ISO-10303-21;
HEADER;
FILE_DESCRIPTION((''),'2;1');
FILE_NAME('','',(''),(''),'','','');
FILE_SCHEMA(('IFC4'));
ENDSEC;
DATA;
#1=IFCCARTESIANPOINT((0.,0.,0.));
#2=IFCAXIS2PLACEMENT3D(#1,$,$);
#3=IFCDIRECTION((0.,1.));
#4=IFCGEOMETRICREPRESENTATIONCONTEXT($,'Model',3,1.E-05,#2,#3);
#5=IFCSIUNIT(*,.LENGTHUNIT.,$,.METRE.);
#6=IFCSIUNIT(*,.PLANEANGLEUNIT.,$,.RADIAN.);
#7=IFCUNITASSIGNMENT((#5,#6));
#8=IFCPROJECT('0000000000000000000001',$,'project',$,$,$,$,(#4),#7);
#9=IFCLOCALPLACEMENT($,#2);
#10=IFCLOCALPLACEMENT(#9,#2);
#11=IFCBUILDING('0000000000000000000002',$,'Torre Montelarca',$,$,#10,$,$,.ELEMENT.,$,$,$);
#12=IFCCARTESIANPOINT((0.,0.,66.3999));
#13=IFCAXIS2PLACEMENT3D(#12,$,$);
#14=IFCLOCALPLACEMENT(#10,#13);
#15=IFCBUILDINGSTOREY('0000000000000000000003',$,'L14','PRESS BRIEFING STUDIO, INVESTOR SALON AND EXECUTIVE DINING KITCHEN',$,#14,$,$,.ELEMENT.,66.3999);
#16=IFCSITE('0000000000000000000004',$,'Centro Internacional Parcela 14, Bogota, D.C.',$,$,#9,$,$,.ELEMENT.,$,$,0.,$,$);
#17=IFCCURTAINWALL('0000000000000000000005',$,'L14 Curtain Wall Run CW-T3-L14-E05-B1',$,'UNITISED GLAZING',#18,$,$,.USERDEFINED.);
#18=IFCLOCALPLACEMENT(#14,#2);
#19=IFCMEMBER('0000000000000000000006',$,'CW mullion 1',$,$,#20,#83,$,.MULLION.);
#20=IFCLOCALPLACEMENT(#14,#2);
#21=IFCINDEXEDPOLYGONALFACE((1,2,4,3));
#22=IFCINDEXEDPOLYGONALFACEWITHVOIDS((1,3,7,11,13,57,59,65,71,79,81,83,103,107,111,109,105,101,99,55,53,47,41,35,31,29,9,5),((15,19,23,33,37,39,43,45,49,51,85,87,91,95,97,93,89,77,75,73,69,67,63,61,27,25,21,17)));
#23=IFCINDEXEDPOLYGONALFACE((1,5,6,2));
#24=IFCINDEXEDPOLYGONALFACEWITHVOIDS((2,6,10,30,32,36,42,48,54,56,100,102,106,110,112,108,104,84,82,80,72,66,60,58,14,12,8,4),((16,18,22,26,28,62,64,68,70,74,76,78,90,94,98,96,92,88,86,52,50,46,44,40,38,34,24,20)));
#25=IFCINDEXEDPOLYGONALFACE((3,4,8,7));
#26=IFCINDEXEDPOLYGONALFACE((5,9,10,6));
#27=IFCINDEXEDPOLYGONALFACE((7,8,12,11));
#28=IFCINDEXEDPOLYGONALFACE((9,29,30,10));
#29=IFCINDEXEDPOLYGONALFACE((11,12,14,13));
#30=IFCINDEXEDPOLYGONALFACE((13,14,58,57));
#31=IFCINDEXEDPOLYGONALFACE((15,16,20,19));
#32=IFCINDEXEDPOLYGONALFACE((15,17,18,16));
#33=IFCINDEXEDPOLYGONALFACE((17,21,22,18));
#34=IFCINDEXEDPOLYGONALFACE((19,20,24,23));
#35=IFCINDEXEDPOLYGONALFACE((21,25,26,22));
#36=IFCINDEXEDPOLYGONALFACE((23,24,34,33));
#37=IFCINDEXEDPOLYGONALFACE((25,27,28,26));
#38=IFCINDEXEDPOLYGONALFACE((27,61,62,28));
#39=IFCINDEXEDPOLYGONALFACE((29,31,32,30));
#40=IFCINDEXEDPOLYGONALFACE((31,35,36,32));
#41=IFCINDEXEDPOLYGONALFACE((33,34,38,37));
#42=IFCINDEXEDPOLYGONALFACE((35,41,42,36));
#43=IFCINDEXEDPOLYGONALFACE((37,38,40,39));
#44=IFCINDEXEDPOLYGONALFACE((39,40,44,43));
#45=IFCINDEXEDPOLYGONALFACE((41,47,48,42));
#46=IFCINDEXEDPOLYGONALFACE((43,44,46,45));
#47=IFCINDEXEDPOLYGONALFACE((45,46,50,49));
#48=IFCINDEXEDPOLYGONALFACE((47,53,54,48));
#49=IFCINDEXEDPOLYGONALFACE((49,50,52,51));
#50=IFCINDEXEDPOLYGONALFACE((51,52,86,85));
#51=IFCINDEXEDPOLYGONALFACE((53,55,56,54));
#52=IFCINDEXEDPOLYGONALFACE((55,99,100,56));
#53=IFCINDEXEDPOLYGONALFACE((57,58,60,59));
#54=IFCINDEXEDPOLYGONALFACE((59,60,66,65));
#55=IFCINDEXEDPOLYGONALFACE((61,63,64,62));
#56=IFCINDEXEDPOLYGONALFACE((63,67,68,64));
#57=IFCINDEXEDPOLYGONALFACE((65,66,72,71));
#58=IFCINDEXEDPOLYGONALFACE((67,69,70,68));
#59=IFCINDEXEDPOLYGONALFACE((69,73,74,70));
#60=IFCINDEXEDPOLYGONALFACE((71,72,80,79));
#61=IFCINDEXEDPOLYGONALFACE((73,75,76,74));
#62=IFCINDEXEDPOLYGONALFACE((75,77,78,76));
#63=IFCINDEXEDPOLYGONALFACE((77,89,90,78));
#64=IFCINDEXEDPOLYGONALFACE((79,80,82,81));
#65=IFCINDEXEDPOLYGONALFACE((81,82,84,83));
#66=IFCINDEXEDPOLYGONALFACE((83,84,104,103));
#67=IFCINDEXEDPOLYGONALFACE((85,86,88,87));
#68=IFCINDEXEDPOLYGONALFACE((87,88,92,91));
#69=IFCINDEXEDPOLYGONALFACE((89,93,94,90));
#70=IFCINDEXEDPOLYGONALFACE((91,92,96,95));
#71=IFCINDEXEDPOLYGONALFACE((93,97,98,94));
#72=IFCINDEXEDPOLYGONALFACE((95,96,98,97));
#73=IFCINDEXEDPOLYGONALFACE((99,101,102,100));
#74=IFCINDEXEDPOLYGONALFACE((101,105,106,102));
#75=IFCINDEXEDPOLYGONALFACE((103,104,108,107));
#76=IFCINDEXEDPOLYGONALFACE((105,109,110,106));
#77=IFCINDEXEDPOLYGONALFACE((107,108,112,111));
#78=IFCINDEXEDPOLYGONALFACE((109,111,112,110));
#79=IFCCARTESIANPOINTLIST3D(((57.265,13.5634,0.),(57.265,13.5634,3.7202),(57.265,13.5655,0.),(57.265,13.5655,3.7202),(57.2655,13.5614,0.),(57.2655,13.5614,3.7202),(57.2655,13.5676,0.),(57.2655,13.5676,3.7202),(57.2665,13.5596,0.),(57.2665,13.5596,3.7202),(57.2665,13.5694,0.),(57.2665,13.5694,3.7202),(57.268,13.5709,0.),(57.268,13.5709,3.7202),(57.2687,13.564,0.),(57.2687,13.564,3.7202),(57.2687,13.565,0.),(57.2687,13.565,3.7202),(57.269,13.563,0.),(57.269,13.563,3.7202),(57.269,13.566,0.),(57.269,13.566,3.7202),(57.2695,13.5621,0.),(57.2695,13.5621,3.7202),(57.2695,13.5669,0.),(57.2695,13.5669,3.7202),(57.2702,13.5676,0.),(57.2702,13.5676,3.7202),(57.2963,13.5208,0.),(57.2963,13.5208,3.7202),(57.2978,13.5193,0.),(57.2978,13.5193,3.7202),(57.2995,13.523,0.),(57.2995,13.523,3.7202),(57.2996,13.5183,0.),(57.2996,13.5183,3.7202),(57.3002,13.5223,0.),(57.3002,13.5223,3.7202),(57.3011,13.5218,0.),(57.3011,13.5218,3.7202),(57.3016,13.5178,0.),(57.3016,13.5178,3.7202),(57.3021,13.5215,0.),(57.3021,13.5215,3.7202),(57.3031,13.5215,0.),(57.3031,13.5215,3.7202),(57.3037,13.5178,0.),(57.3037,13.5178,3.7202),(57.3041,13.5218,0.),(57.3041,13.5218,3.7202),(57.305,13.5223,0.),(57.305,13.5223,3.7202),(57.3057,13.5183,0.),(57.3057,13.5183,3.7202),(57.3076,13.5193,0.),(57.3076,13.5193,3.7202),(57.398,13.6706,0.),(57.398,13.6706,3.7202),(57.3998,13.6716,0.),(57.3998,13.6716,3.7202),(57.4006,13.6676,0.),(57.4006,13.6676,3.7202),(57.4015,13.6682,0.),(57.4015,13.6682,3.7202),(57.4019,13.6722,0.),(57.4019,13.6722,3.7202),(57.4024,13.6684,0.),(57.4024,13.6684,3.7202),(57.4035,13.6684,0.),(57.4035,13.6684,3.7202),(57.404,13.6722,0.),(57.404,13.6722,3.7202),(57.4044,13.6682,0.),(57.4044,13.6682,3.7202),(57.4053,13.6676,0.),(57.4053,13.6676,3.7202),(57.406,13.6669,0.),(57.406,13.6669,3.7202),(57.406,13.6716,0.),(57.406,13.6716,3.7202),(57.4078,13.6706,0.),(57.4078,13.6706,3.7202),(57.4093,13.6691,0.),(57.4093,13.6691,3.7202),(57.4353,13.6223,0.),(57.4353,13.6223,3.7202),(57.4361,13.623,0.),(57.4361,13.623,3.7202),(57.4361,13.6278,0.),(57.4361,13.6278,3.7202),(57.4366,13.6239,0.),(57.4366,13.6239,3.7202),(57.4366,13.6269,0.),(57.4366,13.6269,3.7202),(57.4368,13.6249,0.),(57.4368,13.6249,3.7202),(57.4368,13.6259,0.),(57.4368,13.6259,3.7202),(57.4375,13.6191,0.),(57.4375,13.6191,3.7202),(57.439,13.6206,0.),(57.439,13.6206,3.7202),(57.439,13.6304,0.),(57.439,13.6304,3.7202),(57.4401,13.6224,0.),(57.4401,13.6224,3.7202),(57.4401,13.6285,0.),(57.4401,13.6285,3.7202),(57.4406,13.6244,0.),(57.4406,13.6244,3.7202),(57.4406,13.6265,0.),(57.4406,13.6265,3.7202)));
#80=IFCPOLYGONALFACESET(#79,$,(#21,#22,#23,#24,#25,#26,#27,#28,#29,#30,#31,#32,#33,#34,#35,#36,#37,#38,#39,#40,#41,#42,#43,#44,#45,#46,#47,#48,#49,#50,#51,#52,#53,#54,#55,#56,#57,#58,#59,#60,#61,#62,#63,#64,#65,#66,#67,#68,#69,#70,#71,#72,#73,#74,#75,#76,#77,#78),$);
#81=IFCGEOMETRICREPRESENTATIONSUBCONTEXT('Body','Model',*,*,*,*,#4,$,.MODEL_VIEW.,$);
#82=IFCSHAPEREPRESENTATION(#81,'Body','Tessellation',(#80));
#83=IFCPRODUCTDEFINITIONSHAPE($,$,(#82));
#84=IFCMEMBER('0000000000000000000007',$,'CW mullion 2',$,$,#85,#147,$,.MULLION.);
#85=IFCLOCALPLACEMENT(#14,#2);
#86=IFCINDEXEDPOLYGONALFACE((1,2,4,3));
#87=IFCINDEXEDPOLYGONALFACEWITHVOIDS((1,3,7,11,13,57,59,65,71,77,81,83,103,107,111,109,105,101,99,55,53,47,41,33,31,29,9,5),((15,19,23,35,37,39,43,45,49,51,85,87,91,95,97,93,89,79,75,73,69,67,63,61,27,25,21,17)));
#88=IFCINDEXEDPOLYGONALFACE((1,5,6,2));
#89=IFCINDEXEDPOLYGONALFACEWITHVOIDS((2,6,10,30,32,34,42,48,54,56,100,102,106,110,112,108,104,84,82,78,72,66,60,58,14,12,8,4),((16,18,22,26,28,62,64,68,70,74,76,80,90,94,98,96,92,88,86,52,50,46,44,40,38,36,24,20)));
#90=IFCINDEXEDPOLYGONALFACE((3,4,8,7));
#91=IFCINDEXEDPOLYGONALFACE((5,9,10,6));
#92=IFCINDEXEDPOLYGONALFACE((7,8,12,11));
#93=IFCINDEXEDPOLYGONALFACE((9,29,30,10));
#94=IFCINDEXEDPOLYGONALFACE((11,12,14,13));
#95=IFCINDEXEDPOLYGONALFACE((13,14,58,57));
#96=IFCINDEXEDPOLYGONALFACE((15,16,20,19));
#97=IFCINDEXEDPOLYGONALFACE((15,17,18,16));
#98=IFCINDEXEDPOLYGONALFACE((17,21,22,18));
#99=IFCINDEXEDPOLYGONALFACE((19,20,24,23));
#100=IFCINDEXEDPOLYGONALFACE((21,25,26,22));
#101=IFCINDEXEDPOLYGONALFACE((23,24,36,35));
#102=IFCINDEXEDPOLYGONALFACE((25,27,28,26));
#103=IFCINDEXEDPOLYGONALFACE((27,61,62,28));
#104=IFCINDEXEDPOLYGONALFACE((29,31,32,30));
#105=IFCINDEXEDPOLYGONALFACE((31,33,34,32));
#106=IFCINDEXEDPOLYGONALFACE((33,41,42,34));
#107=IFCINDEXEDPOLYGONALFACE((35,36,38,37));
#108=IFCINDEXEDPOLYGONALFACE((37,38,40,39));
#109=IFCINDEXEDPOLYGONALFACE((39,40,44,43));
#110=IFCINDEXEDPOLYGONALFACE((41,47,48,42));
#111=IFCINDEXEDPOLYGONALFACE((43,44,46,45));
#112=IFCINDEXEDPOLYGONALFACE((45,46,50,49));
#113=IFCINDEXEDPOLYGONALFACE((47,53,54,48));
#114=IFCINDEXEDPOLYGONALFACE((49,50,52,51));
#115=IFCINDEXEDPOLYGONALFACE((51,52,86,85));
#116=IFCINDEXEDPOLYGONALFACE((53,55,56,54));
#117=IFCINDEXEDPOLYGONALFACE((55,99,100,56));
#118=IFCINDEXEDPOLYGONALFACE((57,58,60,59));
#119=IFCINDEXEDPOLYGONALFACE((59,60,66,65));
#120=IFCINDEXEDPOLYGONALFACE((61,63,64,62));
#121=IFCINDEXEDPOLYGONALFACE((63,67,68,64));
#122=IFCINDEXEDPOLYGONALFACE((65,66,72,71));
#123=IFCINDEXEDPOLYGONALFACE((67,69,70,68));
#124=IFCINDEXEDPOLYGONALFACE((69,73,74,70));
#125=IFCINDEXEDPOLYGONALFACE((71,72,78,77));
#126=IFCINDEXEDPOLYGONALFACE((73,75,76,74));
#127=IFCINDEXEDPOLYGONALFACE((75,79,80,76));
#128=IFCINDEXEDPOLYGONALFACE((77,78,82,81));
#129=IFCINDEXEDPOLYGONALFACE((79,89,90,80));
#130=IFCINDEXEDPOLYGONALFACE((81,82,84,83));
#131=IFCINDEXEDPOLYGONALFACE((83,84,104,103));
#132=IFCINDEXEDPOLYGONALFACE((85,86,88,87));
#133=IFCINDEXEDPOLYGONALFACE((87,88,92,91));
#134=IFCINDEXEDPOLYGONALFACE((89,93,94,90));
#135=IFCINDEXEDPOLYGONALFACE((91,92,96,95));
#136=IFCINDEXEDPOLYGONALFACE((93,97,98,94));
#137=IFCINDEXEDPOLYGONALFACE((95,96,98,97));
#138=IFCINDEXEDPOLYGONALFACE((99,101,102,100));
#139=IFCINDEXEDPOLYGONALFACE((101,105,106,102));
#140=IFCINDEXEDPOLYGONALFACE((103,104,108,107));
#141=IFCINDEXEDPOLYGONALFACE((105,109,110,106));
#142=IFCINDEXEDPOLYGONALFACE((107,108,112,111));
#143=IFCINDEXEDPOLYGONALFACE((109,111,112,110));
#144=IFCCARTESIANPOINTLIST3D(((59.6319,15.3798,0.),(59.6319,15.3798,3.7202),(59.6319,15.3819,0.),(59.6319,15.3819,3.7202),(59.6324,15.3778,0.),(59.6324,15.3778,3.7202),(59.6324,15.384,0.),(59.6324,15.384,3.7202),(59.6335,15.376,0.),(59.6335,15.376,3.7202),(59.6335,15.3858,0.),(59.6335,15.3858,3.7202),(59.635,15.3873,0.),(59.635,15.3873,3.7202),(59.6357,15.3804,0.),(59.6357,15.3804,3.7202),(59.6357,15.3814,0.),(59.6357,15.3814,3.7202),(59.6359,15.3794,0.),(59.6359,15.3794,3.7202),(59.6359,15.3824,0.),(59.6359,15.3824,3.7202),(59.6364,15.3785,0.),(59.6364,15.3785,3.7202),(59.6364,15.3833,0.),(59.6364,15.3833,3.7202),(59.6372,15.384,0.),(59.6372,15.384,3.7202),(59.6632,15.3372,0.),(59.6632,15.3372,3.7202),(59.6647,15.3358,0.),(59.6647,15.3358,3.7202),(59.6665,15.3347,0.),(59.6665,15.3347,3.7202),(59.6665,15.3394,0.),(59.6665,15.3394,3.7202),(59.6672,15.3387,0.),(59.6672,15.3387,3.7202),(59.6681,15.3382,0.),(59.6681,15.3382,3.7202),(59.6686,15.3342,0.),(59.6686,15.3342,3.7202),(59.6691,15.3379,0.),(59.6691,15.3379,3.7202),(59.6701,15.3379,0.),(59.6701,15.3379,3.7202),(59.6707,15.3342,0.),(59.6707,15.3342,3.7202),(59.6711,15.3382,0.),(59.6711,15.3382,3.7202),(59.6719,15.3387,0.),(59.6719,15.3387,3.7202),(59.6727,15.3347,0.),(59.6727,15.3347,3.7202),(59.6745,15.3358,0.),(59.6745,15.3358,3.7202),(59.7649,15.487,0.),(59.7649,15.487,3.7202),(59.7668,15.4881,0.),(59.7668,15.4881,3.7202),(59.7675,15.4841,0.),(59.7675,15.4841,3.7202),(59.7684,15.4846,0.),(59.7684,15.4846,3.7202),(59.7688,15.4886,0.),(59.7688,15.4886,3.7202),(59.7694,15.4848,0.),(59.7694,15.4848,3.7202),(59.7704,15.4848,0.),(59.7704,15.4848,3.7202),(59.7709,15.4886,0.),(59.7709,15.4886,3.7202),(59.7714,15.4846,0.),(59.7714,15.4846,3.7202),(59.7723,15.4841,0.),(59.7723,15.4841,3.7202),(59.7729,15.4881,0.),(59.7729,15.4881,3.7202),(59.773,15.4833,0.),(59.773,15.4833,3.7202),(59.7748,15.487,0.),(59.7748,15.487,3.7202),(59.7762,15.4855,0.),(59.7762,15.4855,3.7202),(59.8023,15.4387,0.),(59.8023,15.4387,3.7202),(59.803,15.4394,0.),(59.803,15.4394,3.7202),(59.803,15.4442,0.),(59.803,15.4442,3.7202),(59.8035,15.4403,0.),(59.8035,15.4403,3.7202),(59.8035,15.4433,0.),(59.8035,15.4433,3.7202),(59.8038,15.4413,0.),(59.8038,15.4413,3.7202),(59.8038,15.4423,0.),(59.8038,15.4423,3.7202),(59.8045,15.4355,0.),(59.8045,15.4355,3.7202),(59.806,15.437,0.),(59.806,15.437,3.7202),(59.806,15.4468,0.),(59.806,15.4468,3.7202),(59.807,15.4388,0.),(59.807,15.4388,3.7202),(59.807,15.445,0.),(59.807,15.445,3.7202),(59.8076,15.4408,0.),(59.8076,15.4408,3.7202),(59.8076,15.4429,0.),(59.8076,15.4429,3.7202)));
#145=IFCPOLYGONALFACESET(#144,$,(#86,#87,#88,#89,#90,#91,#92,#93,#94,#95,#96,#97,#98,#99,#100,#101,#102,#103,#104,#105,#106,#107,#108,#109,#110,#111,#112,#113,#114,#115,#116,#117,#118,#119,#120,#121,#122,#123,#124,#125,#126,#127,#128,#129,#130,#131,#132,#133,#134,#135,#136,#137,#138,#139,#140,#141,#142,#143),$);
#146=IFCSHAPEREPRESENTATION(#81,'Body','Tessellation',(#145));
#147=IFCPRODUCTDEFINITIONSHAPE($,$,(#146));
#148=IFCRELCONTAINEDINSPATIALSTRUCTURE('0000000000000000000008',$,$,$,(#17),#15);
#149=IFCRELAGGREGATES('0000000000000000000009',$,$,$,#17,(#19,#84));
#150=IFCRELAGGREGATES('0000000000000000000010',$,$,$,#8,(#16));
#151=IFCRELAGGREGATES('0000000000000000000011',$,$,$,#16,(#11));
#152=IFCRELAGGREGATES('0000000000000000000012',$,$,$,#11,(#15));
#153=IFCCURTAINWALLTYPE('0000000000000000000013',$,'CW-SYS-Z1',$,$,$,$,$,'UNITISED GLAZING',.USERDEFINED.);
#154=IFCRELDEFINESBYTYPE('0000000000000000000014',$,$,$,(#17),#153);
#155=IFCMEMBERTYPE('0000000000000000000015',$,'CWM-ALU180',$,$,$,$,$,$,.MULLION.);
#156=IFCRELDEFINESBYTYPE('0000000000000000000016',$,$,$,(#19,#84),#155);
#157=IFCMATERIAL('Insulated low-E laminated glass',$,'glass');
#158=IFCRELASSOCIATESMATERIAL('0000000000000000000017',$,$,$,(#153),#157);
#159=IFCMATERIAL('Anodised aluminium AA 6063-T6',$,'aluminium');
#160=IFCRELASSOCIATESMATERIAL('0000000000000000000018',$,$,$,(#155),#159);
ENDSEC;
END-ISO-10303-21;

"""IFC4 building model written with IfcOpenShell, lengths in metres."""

from ifc_helpers import new_model, si_unit, direction, frame, origin, origin_2d, place, context, subcontext, project, spatial, hollow_rectangle, extrude, source, transform, mapped, material, material_profile, profile_set, type_object, element, aggregate, save


model = new_model("IFC4")

# Units and contexts
model_context = context("Model", 3, precision=1e-05, world=origin(), true_north=direction((0.0, 1.0)))
body_context = subcontext(model_context, "Body", "Model", "MODEL_VIEW")
ifc_project = project(units=[si_unit("LENGTHUNIT", "METRE"), si_unit("PLANEANGLEUNIT", "RADIAN")], contexts=[model_context])

# Site, building, storey
site_placement = place(None, origin())
site = spatial("IfcSite", under=ifc_project, at=site_placement, Name="Centro Internacional Parcela 14, Bogota, D.C.", CompositionType="ELEMENT", RefElevation=0.0)
building_placement = place(site_placement, origin())
building = spatial("IfcBuilding", under=site, at=building_placement, Name="Torre Montelarca", CompositionType="ELEMENT")
storey_placement = place(building_placement, frame((0.0, 0.0, 66.3999)))
storey = spatial("IfcBuildingStorey", under=building, at=storey_placement, Name="L14", Description="PRESS BRIEFING STUDIO, INVESTOR SALON AND EXECUTIVE DINING KITCHEN", CompositionType="ELEMENT", Elevation=66.3999)

# Curtain wall
ifc_material_1 = material(Name="Insulated low-E laminated glass", Category="glass")
curtain_wall_type = type_object("IfcCurtainWallType", Name="CW-SYS-Z1", ElementType="UNITISED GLAZING", PredefinedType="USERDEFINED", material=ifc_material_1)
ifc_material_2 = material(Name="Anodised aluminium AA 6063-T6", Category="aluminium")
curtain_wall_1_placement = place(storey_placement, origin())
curtain_wall_1 = element("IfcCurtainWall", 1, at=curtain_wall_1_placement, inside=storey, type_object=curtain_wall_type, Name="L14 Curtain Wall Run CW-T3-L14-E05-B1", ObjectType="UNITISED GLAZING", PredefinedType="USERDEFINED")

# Members
ifc_material_profile_1 = material_profile(ifc_material_2, hollow_rectangle(XDim=0.0649, YDim=0.1799, WallThickness=0.0039, InnerFilletRadius=0.0039, OuterFilletRadius=0.0081, at=origin_2d()), Name="ALU65X180X4", Category="aluminium")
ifc_profile_set_1 = profile_set([ifc_material_profile_1], Name="Anodised aluminium AA 6063-T6")
member_type_1 = type_object("IfcMemberType", Name="CWM-ALU180", PredefinedType="MULLION", material=ifc_profile_set_1)
shared_shape_1 = source(origin(), body_context, "Body", "SweptSolid", [
    extrude(hollow_rectangle(XDim=0.0649, YDim=0.1799, WallThickness=0.0039, InnerFilletRadius=0.0039, OuterFilletRadius=0.0081, at=origin_2d()), origin(), (0.0, 0.0, 1.0), 3.7202),
])
member_1_placement = place(storey_placement, frame((57.3528, 13.595, 0.0), z_axis=(0.0, 0.0, 1.0), x_axis=(-0.608764, 0.793351, 0.0)))
member_1 = element("IfcMember", 2, at=member_1_placement, type_object=member_type_1, Name="CW mullion 1", PredefinedType="MULLION", context=body_context, shape_type="MappedRepresentation", body=[
    mapped(shared_shape_1, transform((0.0, 0.0, 0.0), scale=1.0)),
])
member_2_placement = place(storey_placement, frame((59.7197, 15.4114, 0.0), z_axis=(0.0, 0.0, 1.0), x_axis=(-0.608764, 0.793351, 0.0)))
member_2 = element("IfcMember", 3, at=member_2_placement, type_object=member_type_1, Name="CW mullion 2", PredefinedType="MULLION", context=body_context, shape_type="MappedRepresentation", body=[
    mapped(shared_shape_1, transform((0.0, 0.0, 0.0), scale=1.0)),
])

aggregate(curtain_wall_1, [member_1, member_2])

save(model, "model.ifc")
